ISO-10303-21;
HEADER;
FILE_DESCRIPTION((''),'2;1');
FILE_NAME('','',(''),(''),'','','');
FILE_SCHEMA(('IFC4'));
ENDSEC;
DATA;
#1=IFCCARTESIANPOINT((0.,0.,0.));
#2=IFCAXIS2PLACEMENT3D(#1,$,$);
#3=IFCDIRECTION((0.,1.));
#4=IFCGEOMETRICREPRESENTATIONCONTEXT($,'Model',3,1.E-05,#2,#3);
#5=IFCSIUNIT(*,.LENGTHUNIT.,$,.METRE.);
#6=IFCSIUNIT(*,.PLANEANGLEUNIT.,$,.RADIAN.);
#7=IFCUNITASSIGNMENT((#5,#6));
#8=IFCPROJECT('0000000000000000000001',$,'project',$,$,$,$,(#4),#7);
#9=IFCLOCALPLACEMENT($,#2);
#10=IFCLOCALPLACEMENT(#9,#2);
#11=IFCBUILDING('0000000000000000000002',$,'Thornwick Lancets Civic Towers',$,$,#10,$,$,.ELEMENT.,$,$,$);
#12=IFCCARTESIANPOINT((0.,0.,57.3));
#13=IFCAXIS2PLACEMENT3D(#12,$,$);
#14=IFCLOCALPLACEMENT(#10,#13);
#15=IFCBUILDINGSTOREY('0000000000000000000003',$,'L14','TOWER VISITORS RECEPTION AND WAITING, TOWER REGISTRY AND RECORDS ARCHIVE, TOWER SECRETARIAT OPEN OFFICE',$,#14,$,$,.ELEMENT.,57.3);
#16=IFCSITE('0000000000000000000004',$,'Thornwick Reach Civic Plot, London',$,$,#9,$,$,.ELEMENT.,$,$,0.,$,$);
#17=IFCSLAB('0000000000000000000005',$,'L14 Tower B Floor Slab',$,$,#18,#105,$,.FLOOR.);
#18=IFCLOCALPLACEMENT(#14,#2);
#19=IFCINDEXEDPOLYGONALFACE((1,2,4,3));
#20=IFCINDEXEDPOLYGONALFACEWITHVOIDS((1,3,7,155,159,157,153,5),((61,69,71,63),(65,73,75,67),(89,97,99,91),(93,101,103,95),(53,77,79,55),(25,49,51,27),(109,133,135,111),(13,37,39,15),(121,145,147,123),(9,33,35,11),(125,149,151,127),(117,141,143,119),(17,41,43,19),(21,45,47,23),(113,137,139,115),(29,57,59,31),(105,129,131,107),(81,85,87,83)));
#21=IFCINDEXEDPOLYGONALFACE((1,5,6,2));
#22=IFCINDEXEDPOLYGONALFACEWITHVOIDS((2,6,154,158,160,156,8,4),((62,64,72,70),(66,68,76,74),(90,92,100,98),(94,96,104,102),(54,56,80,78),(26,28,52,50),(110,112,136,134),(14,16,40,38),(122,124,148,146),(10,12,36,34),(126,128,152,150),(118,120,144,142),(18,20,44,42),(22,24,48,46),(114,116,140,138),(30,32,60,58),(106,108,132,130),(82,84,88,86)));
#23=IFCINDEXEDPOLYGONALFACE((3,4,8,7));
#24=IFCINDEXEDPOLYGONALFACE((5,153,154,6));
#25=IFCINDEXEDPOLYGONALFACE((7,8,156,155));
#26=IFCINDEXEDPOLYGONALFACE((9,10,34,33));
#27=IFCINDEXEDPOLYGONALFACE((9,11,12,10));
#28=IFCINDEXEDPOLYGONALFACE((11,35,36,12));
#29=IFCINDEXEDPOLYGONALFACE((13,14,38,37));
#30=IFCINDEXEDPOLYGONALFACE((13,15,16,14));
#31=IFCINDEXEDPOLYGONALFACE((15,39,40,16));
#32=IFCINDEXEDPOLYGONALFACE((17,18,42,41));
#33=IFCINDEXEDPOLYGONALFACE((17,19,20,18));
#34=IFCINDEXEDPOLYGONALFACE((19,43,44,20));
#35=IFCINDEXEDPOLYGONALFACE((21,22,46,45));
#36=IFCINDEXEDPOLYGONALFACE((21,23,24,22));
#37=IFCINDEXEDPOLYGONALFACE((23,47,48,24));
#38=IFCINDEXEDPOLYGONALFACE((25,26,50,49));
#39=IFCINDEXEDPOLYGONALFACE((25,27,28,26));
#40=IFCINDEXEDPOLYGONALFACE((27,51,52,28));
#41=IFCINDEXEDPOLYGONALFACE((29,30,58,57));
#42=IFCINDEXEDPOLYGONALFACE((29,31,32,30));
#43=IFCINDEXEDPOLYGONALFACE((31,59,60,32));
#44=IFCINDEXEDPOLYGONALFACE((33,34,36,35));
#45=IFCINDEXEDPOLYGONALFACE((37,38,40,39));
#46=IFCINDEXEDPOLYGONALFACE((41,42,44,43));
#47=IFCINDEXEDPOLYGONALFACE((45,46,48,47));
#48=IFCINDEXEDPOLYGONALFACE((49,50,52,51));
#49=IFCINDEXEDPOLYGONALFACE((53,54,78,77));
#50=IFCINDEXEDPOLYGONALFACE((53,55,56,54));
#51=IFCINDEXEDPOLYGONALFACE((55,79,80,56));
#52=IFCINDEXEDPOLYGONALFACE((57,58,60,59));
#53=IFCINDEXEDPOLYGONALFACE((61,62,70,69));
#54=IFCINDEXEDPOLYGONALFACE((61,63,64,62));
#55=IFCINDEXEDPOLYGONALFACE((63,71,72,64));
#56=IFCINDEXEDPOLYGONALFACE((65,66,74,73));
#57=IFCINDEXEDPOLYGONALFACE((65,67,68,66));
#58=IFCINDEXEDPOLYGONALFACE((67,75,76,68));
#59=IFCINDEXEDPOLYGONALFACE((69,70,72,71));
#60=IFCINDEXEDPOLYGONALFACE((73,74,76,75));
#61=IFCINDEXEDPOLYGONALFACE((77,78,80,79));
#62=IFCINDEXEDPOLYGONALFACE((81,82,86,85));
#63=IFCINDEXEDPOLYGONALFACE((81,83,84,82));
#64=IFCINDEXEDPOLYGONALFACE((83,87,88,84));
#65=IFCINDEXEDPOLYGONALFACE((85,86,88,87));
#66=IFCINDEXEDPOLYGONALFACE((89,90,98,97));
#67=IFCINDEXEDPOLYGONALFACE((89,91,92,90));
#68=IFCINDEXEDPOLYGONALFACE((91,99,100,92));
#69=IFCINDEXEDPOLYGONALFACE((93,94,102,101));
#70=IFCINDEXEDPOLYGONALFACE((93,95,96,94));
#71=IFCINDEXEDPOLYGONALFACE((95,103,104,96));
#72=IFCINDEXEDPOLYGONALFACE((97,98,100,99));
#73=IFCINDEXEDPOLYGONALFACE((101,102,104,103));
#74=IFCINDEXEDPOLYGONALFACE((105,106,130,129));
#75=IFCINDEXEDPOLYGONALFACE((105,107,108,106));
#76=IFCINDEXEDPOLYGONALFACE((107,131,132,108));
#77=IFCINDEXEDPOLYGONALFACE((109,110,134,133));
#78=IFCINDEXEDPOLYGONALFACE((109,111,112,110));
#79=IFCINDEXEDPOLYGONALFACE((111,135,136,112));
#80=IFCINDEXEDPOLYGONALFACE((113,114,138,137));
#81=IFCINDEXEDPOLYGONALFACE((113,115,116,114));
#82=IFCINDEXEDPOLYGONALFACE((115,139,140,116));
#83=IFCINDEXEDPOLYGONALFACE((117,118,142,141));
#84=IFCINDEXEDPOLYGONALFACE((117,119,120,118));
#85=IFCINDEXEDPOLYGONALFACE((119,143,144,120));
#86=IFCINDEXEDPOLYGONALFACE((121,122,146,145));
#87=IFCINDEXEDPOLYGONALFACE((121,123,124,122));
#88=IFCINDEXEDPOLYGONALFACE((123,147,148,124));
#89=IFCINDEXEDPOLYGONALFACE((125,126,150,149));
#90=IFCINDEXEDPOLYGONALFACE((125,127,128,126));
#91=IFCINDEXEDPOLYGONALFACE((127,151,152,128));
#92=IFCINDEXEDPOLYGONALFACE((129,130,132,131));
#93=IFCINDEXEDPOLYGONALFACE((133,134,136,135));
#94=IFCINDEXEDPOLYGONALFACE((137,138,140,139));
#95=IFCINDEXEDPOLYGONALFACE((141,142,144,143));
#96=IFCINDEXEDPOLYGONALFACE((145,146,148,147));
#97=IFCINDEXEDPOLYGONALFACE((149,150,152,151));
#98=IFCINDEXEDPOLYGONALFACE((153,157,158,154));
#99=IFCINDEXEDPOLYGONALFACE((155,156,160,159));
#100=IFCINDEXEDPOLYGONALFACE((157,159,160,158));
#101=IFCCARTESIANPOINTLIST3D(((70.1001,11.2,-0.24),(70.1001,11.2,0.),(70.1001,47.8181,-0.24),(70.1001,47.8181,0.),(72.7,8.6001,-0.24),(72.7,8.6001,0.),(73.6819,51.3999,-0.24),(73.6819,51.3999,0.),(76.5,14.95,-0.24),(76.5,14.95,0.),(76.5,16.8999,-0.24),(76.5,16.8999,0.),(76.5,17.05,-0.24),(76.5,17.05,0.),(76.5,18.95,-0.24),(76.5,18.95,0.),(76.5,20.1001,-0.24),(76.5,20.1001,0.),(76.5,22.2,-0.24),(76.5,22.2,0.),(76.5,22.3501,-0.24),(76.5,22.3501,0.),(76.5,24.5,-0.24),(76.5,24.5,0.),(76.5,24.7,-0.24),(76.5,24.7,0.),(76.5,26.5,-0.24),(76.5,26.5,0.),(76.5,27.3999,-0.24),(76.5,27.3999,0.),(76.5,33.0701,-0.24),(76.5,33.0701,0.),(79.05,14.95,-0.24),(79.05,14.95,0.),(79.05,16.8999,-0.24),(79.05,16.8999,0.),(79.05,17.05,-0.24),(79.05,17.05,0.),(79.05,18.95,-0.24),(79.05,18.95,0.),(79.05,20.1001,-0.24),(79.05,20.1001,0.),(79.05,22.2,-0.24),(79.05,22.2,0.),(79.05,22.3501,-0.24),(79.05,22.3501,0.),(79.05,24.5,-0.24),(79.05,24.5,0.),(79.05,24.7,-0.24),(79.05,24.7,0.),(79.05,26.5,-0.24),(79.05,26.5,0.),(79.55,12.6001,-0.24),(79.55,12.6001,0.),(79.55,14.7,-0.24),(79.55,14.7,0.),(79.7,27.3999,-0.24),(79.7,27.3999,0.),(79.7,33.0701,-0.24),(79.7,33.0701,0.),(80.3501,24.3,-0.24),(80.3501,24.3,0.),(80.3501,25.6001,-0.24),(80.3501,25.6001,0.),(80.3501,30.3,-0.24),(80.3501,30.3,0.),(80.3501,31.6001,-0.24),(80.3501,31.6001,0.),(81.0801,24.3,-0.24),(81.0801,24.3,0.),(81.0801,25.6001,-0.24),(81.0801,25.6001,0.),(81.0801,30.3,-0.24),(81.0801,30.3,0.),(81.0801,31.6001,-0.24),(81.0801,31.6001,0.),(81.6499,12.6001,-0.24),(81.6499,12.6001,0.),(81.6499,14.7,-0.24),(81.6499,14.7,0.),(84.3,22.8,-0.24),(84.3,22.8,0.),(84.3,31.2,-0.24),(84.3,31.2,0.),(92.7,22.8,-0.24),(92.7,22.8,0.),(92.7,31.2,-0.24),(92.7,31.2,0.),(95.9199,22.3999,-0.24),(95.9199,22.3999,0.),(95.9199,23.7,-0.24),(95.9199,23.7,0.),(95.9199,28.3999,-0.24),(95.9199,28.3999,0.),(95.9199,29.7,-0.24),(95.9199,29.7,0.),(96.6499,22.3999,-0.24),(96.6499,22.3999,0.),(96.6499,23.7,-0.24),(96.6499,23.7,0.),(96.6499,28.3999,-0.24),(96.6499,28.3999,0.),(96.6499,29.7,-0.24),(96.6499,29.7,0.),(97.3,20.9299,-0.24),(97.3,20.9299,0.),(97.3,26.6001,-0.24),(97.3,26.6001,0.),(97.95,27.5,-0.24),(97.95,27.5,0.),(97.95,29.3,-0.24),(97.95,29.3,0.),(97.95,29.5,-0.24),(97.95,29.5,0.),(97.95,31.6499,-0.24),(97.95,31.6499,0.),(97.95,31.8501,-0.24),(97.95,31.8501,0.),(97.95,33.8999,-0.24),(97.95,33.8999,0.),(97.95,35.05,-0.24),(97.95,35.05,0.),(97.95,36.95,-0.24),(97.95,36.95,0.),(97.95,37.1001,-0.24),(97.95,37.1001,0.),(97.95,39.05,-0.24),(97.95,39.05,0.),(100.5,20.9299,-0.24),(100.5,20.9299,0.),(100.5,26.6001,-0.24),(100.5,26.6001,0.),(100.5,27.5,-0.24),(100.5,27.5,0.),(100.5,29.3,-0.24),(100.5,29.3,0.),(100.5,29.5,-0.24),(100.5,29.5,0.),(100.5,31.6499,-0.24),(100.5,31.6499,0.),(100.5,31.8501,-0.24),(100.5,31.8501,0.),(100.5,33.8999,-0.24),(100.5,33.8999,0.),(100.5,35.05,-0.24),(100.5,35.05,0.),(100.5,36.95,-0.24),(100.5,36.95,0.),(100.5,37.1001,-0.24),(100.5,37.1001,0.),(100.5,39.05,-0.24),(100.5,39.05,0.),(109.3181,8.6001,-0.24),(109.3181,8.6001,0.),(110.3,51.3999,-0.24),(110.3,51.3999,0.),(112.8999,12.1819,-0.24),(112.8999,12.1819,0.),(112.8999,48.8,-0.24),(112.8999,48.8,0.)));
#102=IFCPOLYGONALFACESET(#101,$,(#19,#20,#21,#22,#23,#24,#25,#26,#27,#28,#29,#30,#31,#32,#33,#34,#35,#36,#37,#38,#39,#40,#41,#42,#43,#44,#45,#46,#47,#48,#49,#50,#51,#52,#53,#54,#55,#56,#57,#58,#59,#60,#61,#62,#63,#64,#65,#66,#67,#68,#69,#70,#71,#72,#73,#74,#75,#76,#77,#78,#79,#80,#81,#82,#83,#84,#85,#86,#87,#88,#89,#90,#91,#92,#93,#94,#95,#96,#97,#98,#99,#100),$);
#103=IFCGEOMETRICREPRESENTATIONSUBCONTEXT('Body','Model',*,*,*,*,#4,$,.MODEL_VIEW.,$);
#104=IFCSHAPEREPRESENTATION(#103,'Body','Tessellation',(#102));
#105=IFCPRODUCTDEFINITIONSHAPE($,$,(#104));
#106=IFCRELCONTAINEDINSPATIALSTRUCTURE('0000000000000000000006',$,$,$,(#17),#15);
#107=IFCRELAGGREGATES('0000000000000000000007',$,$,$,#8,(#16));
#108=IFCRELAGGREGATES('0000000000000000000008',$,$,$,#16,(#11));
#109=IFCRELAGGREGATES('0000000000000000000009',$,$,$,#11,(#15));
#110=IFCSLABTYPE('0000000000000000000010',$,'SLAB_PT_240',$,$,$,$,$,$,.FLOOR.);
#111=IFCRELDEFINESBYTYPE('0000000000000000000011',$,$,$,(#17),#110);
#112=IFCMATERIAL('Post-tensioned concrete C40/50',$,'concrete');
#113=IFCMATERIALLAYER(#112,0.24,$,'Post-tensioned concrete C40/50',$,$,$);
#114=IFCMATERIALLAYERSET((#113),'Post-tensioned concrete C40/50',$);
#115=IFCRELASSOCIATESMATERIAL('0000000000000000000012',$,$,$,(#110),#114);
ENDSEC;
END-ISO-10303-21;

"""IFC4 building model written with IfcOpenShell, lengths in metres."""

from ifc_helpers import new_model, si_unit, direction, frame, origin, place, context, subcontext, project, spatial, polyline, outline, extrude, material, layer, layer_set, type_object, element, save


model = new_model("IFC4")

# Units and contexts
model_context = context("Model", 3, precision=1e-05, world=origin(), true_north=direction((0.0, 1.0)))
body_context = subcontext(model_context, "Body", "Model", "MODEL_VIEW")
ifc_project = project(units=[si_unit("LENGTHUNIT", "METRE"), si_unit("PLANEANGLEUNIT", "RADIAN")], contexts=[model_context])

# Site, building, storey
site_placement = place(None, origin())
site = spatial("IfcSite", under=ifc_project, at=site_placement, Name="Thornwick Reach Civic Plot, London", CompositionType="ELEMENT", RefElevation=0.0)
building_placement = place(site_placement, origin())
building = spatial("IfcBuilding", under=site, at=building_placement, Name="Thornwick Lancets Civic Towers", CompositionType="ELEMENT")
storey_placement = place(building_placement, frame((0.0, 0.0, 57.3)))
storey = spatial("IfcBuildingStorey", under=building, at=storey_placement, Name="L14", Description="TOWER VISITORS RECEPTION AND WAITING, TOWER REGISTRY AND RECORDS ARCHIVE, TOWER SECRETARIAT OPEN OFFICE", CompositionType="ELEMENT", Elevation=57.3)

# Shared definitions
ifc_material_1 = material(Name="Post-tensioned concrete C40/50", Category="concrete")

# Slab
ifc_layer_1 = layer(ifc_material_1, 0.24, Name="Post-tensioned concrete C40/50")
ifc_layer_set_1 = layer_set([ifc_layer_1], Name="Post-tensioned concrete C40/50")
slab_type_1 = type_object("IfcSlabType", Name="SLAB_PT_240", PredefinedType="FLOOR", material=ifc_layer_set_1)
slab_1_placement = place(storey_placement, frame((0.0, 0.0, -0.24)))
element("IfcSlab", 1, at=slab_1_placement, inside=storey, type_object=slab_type_1, Name="L14 Tower B Floor Slab", PredefinedType="FLOOR", context=body_context, shape_type="SweptSolid", body=[
    extrude(outline(polyline([(72.7, 8.6001), (109.3181, 8.6001), (112.8999, 12.1819), (112.8999, 48.8), (110.3, 51.3999), (73.6819, 51.3999), (70.1001, 47.8181), (70.1001, 11.2), (72.7, 8.6001)]), holes=[polyline([(84.3, 22.8), (92.7, 22.8), (92.7, 31.2), (84.3, 31.2), (84.3, 22.8)]), polyline([(100.5, 20.9299), (100.5, 26.6001), (97.3, 26.6001), (97.3, 20.9299), (100.5, 20.9299)]), polyline([(76.5, 33.0701), (76.5, 27.3999), (79.7, 27.3999), (79.7, 33.0701), (76.5, 33.0701)]), polyline([(97.95, 27.5), (100.5, 27.5), (100.5, 29.3), (97.95, 29.3), (97.95, 27.5)]), polyline([(97.95, 29.5), (100.5, 29.5), (100.5, 31.6499), (97.95, 31.6499), (97.95, 29.5)]), polyline([(97.95, 31.8501), (100.5, 31.8501), (100.5, 33.8999), (97.95, 33.8999), (97.95, 31.8501)]), polyline([(97.95, 35.05), (100.5, 35.05), (100.5, 36.95), (97.95, 36.95), (97.95, 35.05)]), polyline([(97.95, 37.1001), (100.5, 37.1001), (100.5, 39.05), (97.95, 39.05), (97.95, 37.1001)]), polyline([(76.5, 24.7), (79.05, 24.7), (79.05, 26.5), (76.5, 26.5), (76.5, 24.7)]), polyline([(76.5, 22.3501), (79.05, 22.3501), (79.05, 24.5), (76.5, 24.5), (76.5, 22.3501)]), polyline([(76.5, 20.1001), (79.05, 20.1001), (79.05, 22.2), (76.5, 22.2), (76.5, 20.1001)]), polyline([(76.5, 17.05), (79.05, 17.05), (79.05, 18.95), (76.5, 18.95), (76.5, 17.05)]), polyline([(76.5, 14.95), (79.05, 14.95), (79.05, 16.8999), (76.5, 16.8999), (76.5, 14.95)]), polyline([(79.55, 12.6001), (81.6499, 12.6001), (81.6499, 14.7), (79.55, 14.7), (79.55, 12.6001)]), polyline([(95.9199, 28.3999), (96.6499, 28.3999), (96.6499, 29.7), (95.9199, 29.7), (95.9199, 28.3999)]), polyline([(95.9199, 22.3999), (96.6499, 22.3999), (96.6499, 23.7), (95.9199, 23.7), (95.9199, 22.3999)]), polyline([(80.3501, 24.3), (81.0801, 24.3), (81.0801, 25.6001), (80.3501, 25.6001), (80.3501, 24.3)]), polyline([(80.3501, 30.3), (81.0801, 30.3), (81.0801, 31.6001), (80.3501, 31.6001), (80.3501, 30.3)])]), origin(), (0.0, 0.0, 1.0), 0.24),
])

save(model, "model.ifc")
